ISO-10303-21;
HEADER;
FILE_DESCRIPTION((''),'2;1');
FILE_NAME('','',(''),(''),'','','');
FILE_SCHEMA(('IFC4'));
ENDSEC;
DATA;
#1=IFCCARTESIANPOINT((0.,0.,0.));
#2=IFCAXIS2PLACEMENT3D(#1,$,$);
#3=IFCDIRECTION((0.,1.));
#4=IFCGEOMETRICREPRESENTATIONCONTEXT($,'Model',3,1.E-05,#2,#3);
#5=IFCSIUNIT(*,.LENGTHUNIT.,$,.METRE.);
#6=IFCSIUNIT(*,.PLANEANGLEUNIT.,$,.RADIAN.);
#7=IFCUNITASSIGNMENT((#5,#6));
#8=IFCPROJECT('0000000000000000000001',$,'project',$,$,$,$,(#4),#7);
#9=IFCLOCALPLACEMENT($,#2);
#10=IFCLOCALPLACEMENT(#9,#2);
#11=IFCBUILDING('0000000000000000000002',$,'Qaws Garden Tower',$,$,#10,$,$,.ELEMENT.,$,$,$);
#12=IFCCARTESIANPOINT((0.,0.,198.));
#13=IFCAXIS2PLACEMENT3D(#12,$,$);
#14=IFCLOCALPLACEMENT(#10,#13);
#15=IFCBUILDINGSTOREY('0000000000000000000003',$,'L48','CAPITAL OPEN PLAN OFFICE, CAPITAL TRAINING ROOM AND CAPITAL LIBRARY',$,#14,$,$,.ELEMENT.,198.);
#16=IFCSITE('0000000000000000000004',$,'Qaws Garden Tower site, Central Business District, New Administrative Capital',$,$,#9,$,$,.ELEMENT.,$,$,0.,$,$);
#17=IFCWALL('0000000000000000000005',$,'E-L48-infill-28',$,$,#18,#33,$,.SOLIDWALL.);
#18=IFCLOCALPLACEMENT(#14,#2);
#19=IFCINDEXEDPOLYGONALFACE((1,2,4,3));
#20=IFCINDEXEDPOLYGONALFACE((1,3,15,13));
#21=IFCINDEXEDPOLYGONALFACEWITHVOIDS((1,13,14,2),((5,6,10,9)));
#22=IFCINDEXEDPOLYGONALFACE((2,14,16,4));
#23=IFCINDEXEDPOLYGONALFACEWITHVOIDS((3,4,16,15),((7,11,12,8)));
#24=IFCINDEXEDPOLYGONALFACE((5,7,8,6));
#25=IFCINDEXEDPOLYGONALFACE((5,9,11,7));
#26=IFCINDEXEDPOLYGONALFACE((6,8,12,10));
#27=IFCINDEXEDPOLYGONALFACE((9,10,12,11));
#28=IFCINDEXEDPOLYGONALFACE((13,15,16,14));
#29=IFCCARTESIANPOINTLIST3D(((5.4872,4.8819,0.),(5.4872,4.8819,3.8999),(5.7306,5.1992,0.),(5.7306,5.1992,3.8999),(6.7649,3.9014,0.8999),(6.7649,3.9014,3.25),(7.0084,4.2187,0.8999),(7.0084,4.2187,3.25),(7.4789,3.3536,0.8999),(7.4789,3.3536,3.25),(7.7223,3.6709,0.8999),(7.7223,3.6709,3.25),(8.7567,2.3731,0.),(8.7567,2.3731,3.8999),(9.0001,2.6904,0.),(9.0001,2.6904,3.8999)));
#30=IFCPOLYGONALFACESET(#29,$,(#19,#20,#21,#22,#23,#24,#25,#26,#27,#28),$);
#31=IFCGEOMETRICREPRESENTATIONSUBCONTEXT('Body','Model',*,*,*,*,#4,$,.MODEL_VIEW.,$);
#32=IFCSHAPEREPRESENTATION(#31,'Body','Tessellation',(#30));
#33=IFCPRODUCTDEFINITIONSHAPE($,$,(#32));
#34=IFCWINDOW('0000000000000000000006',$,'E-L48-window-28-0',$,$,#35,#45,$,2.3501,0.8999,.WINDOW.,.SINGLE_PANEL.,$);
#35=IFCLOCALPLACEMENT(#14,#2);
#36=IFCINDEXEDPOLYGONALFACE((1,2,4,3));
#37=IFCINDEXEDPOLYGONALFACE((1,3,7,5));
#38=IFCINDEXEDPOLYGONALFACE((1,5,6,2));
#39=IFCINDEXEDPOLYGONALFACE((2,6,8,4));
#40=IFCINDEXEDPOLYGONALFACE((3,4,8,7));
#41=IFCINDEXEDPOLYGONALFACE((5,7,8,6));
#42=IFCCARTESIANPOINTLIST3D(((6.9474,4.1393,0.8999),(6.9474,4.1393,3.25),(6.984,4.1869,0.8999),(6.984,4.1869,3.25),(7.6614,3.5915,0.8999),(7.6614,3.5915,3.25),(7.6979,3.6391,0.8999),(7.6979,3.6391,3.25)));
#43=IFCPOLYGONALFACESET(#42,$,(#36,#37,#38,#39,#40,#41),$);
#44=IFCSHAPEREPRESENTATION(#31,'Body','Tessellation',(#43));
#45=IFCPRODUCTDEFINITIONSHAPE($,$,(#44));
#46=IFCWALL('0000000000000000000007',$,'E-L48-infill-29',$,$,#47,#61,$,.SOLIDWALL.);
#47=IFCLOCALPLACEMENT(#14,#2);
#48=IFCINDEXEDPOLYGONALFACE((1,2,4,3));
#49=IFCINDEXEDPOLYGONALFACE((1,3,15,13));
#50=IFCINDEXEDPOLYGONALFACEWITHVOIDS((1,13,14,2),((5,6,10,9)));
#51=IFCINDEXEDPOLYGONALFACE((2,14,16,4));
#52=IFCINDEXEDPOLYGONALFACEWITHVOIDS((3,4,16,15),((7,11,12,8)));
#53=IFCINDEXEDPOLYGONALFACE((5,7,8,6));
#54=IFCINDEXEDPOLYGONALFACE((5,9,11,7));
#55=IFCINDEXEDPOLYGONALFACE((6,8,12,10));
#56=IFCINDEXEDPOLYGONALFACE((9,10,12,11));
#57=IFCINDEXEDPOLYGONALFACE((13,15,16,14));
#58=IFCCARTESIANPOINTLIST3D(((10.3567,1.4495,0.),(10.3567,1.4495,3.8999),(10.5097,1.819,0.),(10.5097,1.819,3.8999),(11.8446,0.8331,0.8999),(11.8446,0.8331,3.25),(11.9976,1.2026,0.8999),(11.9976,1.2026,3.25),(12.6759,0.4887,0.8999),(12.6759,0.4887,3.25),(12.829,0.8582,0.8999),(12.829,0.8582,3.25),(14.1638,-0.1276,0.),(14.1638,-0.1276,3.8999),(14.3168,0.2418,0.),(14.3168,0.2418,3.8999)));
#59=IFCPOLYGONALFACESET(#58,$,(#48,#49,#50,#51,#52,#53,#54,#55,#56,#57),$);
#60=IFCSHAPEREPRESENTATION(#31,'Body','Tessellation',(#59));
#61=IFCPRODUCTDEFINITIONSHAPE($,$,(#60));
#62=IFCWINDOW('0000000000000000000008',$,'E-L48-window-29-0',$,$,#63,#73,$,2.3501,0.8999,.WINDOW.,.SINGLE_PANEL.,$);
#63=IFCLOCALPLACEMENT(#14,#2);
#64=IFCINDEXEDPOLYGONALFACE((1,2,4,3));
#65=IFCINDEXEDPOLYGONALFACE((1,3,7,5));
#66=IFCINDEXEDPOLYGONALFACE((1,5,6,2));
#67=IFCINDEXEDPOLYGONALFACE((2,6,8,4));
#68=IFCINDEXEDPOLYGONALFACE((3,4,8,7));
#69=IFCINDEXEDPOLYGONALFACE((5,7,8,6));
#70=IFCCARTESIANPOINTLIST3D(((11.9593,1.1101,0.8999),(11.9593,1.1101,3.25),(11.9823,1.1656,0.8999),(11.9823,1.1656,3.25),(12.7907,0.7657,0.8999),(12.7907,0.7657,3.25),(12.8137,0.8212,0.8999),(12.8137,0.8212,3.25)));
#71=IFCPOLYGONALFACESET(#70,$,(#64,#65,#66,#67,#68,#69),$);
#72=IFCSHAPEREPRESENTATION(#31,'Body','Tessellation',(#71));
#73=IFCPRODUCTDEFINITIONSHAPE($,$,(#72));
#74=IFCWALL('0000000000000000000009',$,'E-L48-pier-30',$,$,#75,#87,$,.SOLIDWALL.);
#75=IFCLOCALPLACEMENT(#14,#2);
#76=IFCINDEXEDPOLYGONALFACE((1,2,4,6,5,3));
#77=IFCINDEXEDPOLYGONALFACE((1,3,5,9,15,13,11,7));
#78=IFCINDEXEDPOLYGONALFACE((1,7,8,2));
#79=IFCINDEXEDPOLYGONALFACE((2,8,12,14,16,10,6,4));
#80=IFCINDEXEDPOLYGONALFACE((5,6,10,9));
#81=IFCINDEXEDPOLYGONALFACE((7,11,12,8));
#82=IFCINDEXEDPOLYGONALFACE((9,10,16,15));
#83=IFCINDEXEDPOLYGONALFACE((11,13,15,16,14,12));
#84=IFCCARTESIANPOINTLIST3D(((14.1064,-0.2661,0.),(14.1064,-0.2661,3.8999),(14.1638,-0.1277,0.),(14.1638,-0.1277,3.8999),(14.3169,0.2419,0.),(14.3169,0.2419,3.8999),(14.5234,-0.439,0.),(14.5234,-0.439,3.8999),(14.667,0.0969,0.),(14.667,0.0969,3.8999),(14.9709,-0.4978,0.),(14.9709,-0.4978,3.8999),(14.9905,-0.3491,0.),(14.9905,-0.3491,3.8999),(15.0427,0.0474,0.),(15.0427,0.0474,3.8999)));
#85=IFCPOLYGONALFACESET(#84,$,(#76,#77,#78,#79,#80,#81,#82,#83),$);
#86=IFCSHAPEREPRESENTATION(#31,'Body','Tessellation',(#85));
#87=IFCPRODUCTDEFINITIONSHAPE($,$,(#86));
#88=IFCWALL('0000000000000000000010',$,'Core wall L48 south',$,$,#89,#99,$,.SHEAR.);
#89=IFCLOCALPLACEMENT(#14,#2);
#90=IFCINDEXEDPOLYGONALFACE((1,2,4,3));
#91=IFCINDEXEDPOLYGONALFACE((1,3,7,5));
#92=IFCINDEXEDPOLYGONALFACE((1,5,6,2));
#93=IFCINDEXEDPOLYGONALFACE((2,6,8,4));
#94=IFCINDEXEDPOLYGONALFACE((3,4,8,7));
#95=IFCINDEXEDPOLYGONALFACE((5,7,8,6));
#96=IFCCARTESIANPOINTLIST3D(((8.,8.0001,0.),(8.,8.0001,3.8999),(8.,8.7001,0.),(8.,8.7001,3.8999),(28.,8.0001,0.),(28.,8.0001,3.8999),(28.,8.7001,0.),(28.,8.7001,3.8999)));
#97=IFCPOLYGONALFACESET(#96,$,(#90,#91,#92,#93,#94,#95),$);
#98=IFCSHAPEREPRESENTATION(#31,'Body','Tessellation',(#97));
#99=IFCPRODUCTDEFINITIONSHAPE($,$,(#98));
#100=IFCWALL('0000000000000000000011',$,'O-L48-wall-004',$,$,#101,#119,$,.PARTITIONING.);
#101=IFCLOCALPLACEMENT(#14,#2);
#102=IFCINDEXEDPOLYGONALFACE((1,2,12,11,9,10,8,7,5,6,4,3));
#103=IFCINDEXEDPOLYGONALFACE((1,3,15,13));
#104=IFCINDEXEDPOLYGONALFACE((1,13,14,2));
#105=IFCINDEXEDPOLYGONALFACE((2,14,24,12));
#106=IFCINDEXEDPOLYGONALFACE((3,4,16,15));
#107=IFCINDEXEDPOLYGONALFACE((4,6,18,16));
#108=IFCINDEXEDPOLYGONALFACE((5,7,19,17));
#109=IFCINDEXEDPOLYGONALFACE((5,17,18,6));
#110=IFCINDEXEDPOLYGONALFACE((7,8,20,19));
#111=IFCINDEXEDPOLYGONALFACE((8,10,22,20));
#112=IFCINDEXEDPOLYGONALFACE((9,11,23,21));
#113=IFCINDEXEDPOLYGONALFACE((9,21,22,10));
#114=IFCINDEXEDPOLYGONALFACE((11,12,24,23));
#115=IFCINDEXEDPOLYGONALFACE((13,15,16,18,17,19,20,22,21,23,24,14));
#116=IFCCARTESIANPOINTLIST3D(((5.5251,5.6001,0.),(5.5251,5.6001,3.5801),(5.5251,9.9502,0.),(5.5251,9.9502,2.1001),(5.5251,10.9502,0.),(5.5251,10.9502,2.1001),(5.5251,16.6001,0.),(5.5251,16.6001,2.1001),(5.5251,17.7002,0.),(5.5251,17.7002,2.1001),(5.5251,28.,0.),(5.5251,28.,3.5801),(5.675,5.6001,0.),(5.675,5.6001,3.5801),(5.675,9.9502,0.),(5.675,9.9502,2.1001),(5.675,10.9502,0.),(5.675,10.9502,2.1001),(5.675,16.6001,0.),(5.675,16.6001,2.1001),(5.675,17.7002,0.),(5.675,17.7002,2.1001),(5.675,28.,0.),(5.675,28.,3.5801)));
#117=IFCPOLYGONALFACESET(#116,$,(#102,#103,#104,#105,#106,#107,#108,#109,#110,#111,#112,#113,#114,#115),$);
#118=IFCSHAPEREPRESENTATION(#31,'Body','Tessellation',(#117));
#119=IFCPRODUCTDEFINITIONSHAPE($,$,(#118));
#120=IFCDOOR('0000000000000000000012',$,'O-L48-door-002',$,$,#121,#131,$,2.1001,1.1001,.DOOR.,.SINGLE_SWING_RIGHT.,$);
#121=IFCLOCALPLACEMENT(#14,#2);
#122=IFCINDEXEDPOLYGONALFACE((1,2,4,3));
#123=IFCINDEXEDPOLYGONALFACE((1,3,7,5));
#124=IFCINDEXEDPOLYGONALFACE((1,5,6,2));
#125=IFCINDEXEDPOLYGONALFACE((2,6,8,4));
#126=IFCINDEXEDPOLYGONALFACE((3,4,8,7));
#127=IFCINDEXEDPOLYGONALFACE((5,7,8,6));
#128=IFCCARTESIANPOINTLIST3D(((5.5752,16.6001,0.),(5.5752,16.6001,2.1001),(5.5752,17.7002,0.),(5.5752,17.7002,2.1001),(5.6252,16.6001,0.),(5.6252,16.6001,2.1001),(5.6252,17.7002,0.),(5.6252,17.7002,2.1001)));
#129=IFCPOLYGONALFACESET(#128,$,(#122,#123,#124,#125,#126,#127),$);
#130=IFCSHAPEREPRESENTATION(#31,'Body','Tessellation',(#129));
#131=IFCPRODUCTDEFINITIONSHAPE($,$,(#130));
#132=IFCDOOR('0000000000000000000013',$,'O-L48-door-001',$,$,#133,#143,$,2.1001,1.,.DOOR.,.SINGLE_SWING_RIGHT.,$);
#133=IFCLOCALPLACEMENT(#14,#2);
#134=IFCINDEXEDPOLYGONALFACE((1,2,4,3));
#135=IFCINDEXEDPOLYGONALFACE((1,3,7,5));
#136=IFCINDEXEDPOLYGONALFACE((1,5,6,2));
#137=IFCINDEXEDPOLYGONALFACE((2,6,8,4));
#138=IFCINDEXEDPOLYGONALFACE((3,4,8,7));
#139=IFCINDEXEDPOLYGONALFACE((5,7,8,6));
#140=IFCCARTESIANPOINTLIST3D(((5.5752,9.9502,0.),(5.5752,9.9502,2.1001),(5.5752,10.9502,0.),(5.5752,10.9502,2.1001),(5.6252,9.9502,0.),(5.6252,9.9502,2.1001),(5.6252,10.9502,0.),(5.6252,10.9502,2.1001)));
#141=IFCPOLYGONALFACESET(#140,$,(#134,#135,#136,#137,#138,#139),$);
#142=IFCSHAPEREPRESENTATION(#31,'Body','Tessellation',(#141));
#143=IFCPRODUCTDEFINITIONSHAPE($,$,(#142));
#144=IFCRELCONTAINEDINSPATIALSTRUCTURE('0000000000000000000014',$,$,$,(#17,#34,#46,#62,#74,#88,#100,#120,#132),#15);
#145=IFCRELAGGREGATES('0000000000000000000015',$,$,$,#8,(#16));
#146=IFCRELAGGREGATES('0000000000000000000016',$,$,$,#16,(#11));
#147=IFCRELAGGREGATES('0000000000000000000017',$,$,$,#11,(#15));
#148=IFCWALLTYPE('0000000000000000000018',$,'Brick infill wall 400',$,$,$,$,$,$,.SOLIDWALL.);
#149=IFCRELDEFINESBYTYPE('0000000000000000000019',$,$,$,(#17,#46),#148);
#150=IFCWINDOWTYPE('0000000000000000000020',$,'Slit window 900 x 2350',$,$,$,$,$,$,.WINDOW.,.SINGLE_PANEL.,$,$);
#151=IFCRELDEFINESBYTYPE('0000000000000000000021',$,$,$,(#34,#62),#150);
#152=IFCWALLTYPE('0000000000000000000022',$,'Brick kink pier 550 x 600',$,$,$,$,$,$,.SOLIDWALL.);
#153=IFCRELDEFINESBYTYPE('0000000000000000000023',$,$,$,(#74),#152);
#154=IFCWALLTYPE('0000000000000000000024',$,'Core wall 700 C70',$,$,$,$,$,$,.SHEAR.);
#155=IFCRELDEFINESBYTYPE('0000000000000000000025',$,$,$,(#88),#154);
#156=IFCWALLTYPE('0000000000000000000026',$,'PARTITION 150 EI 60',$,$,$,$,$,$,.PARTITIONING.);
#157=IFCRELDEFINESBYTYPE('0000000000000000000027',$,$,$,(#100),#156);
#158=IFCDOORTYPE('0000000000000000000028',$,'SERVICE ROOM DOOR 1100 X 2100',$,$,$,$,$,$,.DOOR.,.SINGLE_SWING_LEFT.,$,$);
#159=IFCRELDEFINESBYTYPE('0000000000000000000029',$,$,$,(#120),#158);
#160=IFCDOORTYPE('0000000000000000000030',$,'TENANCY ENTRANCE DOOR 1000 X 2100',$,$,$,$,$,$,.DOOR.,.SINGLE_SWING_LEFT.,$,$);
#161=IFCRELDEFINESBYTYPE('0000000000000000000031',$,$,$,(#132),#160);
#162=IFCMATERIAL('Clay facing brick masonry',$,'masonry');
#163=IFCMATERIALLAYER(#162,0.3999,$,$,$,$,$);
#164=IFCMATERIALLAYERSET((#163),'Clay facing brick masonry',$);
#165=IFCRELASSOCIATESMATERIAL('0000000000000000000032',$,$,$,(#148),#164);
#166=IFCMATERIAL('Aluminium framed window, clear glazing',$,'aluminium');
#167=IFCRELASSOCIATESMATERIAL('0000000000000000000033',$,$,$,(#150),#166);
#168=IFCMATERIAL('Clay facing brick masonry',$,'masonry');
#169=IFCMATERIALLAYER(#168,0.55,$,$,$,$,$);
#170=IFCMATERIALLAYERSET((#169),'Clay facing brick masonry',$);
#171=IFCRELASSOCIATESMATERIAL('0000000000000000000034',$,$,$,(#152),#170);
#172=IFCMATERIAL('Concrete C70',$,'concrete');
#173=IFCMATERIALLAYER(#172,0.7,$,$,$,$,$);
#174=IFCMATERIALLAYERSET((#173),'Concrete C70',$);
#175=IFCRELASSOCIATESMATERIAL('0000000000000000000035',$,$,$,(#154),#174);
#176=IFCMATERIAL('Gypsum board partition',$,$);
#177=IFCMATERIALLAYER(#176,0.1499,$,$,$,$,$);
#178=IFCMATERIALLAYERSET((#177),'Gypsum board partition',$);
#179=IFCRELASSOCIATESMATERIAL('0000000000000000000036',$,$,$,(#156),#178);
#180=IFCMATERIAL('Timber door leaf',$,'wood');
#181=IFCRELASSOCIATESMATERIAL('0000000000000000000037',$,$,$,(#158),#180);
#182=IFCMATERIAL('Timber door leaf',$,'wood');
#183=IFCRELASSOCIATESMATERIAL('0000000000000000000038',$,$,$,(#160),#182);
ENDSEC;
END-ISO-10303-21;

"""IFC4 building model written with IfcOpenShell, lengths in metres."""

from ifc_helpers import new_model, si_unit, direction, frame, frame_2d, origin, place, context, subcontext, project, spatial, polyline, rectangle, outline, extrude, material, layer, layer_set, type_object, element, fill, save


model = new_model("IFC4")

# Units and contexts
model_context = context("Model", 3, precision=1e-05, world=origin(), true_north=direction((0.0, 1.0)))
body_context = subcontext(model_context, "Body", "Model", "MODEL_VIEW")
ifc_project = project(units=[si_unit("LENGTHUNIT", "METRE"), si_unit("PLANEANGLEUNIT", "RADIAN")], contexts=[model_context])

# Site, building, storey
site_placement = place(None, origin())
site = spatial("IfcSite", under=ifc_project, at=site_placement, Name="Qaws Garden Tower site, Central Business District, New Administrative Capital", CompositionType="ELEMENT", RefElevation=0.0)
building_placement = place(site_placement, origin())
building = spatial("IfcBuilding", under=site, at=building_placement, Name="Qaws Garden Tower", CompositionType="ELEMENT")
storey_placement = place(building_placement, frame((0.0, 0.0, 198.0)))
storey = spatial("IfcBuildingStorey", under=building, at=storey_placement, Name="L48", Description="CAPITAL OPEN PLAN OFFICE, CAPITAL TRAINING ROOM AND CAPITAL LIBRARY", CompositionType="ELEMENT", Elevation=198.0)

# Shared definitions
placement_1 = place(storey_placement, origin())

# Walls, openings, windows
ifc_material_1 = material(Name="Clay facing brick masonry", Category="masonry")
ifc_layer_1 = layer(ifc_material_1, 0.3999)
ifc_layer_set_1 = layer_set([ifc_layer_1], Name="Clay facing brick masonry")
wall_type_1 = type_object("IfcWallType", Name="Brick infill wall 400", PredefinedType="SOLIDWALL", material=ifc_layer_set_1)
ifc_material_2 = material(Name="Aluminium framed window, clear glazing", Category="aluminium")
window_type = type_object("IfcWindowType", Name="Slit window 900 x 2350", PartitioningType="SINGLE_PANEL", PredefinedType="WINDOW", material=ifc_material_2)
wall_1_placement = place(storey_placement, frame((5.6089, 5.0405, 0.0), z_axis=(0.0, 0.0, 1.0), x_axis=(0.793355, -0.60876, 0.0)))
wall_1 = element("IfcWall", 1, at=wall_1_placement, inside=storey, type_object=wall_type_1, Name="E-L48-infill-28", PredefinedType="SOLIDWALL", context=body_context, shape_type="SweptSolid", body=[
    extrude(rectangle(XDim=4.1211, YDim=0.3999, at=frame_2d((2.0605, 0.0))), origin(), (0.0, 0.0, 1.0), 3.8999),
])
opening_1_placement = place(wall_1_placement, frame((1.6106, 0.0, 0.8999)))
opening_1 = element("IfcOpeningElement", 2, at=opening_1_placement, cuts=wall_1, PredefinedType="OPENING", context=body_context, shape_type="SweptSolid", body=[
    extrude(rectangle(XDim=0.8999, YDim=2.3501, at=frame_2d((0.45, 1.175))), frame((0.0, 0.21, 0.0), z_axis=(0.0, -1.0, 0.0), x_axis=(1.0, 0.0, 0.0)), (0.0, 0.0, 1.0), 0.4199),
])
window_1_placement = place(opening_1_placement, origin())
window_1 = element("IfcWindow", 3, at=window_1_placement, inside=storey, type_object=window_type, Name="E-L48-window-28-0", OverallHeight=2.3501, OverallWidth=0.8999, PartitioningType="SINGLE_PANEL", PredefinedType="WINDOW", context=body_context, shape_type="SweptSolid", body=[
    extrude(rectangle(XDim=0.8999, YDim=2.3501, at=frame_2d((0.45, 1.175))), frame((0.0, 0.1599, 0.0), z_axis=(0.0, -1.0, 0.0), x_axis=(1.0, 0.0, 0.0)), (0.0, 0.0, 1.0), 0.0601),
])
fill(opening_1, window_1)
wall_2_placement = place(storey_placement, frame((10.4331, 1.6343, 0.0), z_axis=(0.0, 0.0, 1.0), x_axis=(0.923864, -0.382722, 0.0)))
wall_2 = element("IfcWall", 4, at=wall_2_placement, inside=storey, type_object=wall_type_1, Name="E-L48-infill-29", PredefinedType="SOLIDWALL", context=body_context, shape_type="SweptSolid", body=[
    extrude(rectangle(XDim=4.1208, YDim=0.3999, at=frame_2d((2.0605, 0.0))), origin(), (0.0, 0.0, 1.0), 3.8999),
])
opening_2_placement = place(wall_2_placement, frame((1.6106, 0.0, 0.8999)))
opening_2 = element("IfcOpeningElement", 5, at=opening_2_placement, cuts=wall_2, PredefinedType="OPENING", context=body_context, shape_type="SweptSolid", body=[
    extrude(rectangle(XDim=0.8999, YDim=2.3501, at=frame_2d((0.45, 1.175))), frame((0.0, 0.21, 0.0), z_axis=(0.0, -1.0, 0.0), x_axis=(1.0, 0.0, 0.0)), (0.0, 0.0, 1.0), 0.4199),
])
window_2_placement = place(opening_2_placement, origin())
window_2 = element("IfcWindow", 6, at=window_2_placement, inside=storey, type_object=window_type, Name="E-L48-window-29-0", OverallHeight=2.3501, OverallWidth=0.8999, PartitioningType="SINGLE_PANEL", PredefinedType="WINDOW", context=body_context, shape_type="SweptSolid", body=[
    extrude(rectangle(XDim=0.8999, YDim=2.3501, at=frame_2d((0.45, 1.175))), frame((0.0, 0.1599, 0.0), z_axis=(0.0, -1.0, 0.0), x_axis=(1.0, 0.0, 0.0)), (0.0, 0.0, 1.0), 0.0601),
])
fill(opening_2, window_2)

# Walls
ifc_material_3 = material(Name="Clay facing brick masonry", Category="masonry")
ifc_layer_2 = layer(ifc_material_3, 0.55)
ifc_layer_set_2 = layer_set([ifc_layer_2], Name="Clay facing brick masonry")
wall_type_2 = type_object("IfcWallType", Name="Brick kink pier 550 x 600", PredefinedType="SOLIDWALL", material=ifc_layer_set_2)
element("IfcWall", 7, at=placement_1, inside=storey, type_object=wall_type_2, Name="E-L48-pier-30", PredefinedType="SOLIDWALL", context=body_context, shape_type="SweptSolid", body=[
    extrude(outline(polyline([(14.1638, -0.1277), (14.1064, -0.2661), (14.5234, -0.439), (14.9709, -0.4978), (14.9905, -0.3491), (15.0427, 0.0474), (14.667, 0.0969), (14.3169, 0.2419), (14.1638, -0.1277)])), origin(), (0.0, 0.0, 1.0), 3.8999),
])
ifc_material_4 = material(Name="Concrete C70", Category="concrete")
ifc_layer_3 = layer(ifc_material_4, 0.7)
ifc_layer_set_3 = layer_set([ifc_layer_3], Name="Concrete C70")
wall_type_3 = type_object("IfcWallType", Name="Core wall 700 C70", PredefinedType="SHEAR", material=ifc_layer_set_3)
wall_3_placement = place(storey_placement, frame((8.0, 8.3501, 0.0), z_axis=(0.0, 0.0, 1.0), x_axis=(1.0, 0.0, 0.0)))
element("IfcWall", 8, at=wall_3_placement, inside=storey, type_object=wall_type_3, Name="Core wall L48 south", PredefinedType="SHEAR", context=body_context, shape_type="SweptSolid", body=[
    extrude(rectangle(XDim=20.0, YDim=0.7, at=frame_2d((10.0, 0.0))), origin(), (0.0, 0.0, 1.0), 3.8999),
])

# Wall, openings, doors
ifc_material_5 = material(Name="Gypsum board partition")
ifc_layer_4 = layer(ifc_material_5, 0.1499)
ifc_layer_set_4 = layer_set([ifc_layer_4], Name="Gypsum board partition")
wall_type_4 = type_object("IfcWallType", Name="PARTITION 150 EI 60", PredefinedType="PARTITIONING", material=ifc_layer_set_4)
wall_4_placement = place(storey_placement, frame((5.6001, 5.6001, 0.0), z_axis=(0.0, 0.0, 1.0), x_axis=(0.0, 1.0, 0.0)))
wall_4 = element("IfcWall", 9, at=wall_4_placement, inside=storey, type_object=wall_type_4, Name="O-L48-wall-004", PredefinedType="PARTITIONING", context=body_context, shape_type="SweptSolid", body=[
    extrude(rectangle(XDim=22.3999, YDim=0.1499, at=frame_2d((11.2, 0.0))), origin(), (0.0, 0.0, 1.0), 3.5801),
])
opening_3_placement = place(wall_4_placement, frame((4.3501, 0.0, 0.0)))
opening_3 = element("IfcOpeningElement", 10, at=opening_3_placement, cuts=wall_4, PredefinedType="OPENING", context=body_context, shape_type="SweptSolid", body=[
    extrude(rectangle(XDim=1.0, YDim=2.1001, at=frame_2d((0.5, 1.05))), frame((0.0, 0.085, 0.0), z_axis=(0.0, -1.0, 0.0), x_axis=(1.0, 0.0, 0.0)), (0.0, 0.0, 1.0), 0.1699),
])
opening_4_placement = place(wall_4_placement, frame((11.0, 0.0, 0.0)))
opening_4 = element("IfcOpeningElement", 11, at=opening_4_placement, cuts=wall_4, PredefinedType="OPENING", context=body_context, shape_type="SweptSolid", body=[
    extrude(rectangle(XDim=1.1001, YDim=2.1001, at=frame_2d((0.55, 1.05))), frame((0.0, 0.085, 0.0), z_axis=(0.0, -1.0, 0.0), x_axis=(1.0, 0.0, 0.0)), (0.0, 0.0, 1.0), 0.1699),
])
ifc_material_6 = material(Name="Timber door leaf", Category="wood")
door_type_1 = type_object("IfcDoorType", Name="SERVICE ROOM DOOR 1100 X 2100", OperationType="SINGLE_SWING_LEFT", PredefinedType="DOOR", material=ifc_material_6)
door_1_placement = place(opening_4_placement, origin())
door_1 = element("IfcDoor", 12, at=door_1_placement, inside=storey, type_object=door_type_1, Name="O-L48-door-002", OperationType="SINGLE_SWING_RIGHT", OverallHeight=2.1001, OverallWidth=1.1001, PredefinedType="DOOR", context=body_context, shape_type="SweptSolid", body=[
    extrude(rectangle(XDim=1.1001, YDim=2.1001, at=frame_2d((0.55, 1.05))), frame((0.0, 0.0249, 0.0), z_axis=(0.0, -1.0, 0.0), x_axis=(1.0, 0.0, 0.0)), (0.0, 0.0, 1.0), 0.05),
])
fill(opening_4, door_1)
ifc_material_7 = material(Name="Timber door leaf", Category="wood")
door_type_2 = type_object("IfcDoorType", Name="TENANCY ENTRANCE DOOR 1000 X 2100", OperationType="SINGLE_SWING_LEFT", PredefinedType="DOOR", material=ifc_material_7)
door_2_placement = place(opening_3_placement, origin())
door_2 = element("IfcDoor", 13, at=door_2_placement, inside=storey, type_object=door_type_2, Name="O-L48-door-001", OperationType="SINGLE_SWING_RIGHT", OverallHeight=2.1001, OverallWidth=1.0, PredefinedType="DOOR", context=body_context, shape_type="SweptSolid", body=[
    extrude(rectangle(XDim=1.0, YDim=2.1001, at=frame_2d((0.5, 1.05))), frame((0.0, 0.0249, 0.0), z_axis=(0.0, -1.0, 0.0), x_axis=(1.0, 0.0, 0.0)), (0.0, 0.0, 1.0), 0.05),
])
fill(opening_3, door_2)

save(model, "model.ifc")
